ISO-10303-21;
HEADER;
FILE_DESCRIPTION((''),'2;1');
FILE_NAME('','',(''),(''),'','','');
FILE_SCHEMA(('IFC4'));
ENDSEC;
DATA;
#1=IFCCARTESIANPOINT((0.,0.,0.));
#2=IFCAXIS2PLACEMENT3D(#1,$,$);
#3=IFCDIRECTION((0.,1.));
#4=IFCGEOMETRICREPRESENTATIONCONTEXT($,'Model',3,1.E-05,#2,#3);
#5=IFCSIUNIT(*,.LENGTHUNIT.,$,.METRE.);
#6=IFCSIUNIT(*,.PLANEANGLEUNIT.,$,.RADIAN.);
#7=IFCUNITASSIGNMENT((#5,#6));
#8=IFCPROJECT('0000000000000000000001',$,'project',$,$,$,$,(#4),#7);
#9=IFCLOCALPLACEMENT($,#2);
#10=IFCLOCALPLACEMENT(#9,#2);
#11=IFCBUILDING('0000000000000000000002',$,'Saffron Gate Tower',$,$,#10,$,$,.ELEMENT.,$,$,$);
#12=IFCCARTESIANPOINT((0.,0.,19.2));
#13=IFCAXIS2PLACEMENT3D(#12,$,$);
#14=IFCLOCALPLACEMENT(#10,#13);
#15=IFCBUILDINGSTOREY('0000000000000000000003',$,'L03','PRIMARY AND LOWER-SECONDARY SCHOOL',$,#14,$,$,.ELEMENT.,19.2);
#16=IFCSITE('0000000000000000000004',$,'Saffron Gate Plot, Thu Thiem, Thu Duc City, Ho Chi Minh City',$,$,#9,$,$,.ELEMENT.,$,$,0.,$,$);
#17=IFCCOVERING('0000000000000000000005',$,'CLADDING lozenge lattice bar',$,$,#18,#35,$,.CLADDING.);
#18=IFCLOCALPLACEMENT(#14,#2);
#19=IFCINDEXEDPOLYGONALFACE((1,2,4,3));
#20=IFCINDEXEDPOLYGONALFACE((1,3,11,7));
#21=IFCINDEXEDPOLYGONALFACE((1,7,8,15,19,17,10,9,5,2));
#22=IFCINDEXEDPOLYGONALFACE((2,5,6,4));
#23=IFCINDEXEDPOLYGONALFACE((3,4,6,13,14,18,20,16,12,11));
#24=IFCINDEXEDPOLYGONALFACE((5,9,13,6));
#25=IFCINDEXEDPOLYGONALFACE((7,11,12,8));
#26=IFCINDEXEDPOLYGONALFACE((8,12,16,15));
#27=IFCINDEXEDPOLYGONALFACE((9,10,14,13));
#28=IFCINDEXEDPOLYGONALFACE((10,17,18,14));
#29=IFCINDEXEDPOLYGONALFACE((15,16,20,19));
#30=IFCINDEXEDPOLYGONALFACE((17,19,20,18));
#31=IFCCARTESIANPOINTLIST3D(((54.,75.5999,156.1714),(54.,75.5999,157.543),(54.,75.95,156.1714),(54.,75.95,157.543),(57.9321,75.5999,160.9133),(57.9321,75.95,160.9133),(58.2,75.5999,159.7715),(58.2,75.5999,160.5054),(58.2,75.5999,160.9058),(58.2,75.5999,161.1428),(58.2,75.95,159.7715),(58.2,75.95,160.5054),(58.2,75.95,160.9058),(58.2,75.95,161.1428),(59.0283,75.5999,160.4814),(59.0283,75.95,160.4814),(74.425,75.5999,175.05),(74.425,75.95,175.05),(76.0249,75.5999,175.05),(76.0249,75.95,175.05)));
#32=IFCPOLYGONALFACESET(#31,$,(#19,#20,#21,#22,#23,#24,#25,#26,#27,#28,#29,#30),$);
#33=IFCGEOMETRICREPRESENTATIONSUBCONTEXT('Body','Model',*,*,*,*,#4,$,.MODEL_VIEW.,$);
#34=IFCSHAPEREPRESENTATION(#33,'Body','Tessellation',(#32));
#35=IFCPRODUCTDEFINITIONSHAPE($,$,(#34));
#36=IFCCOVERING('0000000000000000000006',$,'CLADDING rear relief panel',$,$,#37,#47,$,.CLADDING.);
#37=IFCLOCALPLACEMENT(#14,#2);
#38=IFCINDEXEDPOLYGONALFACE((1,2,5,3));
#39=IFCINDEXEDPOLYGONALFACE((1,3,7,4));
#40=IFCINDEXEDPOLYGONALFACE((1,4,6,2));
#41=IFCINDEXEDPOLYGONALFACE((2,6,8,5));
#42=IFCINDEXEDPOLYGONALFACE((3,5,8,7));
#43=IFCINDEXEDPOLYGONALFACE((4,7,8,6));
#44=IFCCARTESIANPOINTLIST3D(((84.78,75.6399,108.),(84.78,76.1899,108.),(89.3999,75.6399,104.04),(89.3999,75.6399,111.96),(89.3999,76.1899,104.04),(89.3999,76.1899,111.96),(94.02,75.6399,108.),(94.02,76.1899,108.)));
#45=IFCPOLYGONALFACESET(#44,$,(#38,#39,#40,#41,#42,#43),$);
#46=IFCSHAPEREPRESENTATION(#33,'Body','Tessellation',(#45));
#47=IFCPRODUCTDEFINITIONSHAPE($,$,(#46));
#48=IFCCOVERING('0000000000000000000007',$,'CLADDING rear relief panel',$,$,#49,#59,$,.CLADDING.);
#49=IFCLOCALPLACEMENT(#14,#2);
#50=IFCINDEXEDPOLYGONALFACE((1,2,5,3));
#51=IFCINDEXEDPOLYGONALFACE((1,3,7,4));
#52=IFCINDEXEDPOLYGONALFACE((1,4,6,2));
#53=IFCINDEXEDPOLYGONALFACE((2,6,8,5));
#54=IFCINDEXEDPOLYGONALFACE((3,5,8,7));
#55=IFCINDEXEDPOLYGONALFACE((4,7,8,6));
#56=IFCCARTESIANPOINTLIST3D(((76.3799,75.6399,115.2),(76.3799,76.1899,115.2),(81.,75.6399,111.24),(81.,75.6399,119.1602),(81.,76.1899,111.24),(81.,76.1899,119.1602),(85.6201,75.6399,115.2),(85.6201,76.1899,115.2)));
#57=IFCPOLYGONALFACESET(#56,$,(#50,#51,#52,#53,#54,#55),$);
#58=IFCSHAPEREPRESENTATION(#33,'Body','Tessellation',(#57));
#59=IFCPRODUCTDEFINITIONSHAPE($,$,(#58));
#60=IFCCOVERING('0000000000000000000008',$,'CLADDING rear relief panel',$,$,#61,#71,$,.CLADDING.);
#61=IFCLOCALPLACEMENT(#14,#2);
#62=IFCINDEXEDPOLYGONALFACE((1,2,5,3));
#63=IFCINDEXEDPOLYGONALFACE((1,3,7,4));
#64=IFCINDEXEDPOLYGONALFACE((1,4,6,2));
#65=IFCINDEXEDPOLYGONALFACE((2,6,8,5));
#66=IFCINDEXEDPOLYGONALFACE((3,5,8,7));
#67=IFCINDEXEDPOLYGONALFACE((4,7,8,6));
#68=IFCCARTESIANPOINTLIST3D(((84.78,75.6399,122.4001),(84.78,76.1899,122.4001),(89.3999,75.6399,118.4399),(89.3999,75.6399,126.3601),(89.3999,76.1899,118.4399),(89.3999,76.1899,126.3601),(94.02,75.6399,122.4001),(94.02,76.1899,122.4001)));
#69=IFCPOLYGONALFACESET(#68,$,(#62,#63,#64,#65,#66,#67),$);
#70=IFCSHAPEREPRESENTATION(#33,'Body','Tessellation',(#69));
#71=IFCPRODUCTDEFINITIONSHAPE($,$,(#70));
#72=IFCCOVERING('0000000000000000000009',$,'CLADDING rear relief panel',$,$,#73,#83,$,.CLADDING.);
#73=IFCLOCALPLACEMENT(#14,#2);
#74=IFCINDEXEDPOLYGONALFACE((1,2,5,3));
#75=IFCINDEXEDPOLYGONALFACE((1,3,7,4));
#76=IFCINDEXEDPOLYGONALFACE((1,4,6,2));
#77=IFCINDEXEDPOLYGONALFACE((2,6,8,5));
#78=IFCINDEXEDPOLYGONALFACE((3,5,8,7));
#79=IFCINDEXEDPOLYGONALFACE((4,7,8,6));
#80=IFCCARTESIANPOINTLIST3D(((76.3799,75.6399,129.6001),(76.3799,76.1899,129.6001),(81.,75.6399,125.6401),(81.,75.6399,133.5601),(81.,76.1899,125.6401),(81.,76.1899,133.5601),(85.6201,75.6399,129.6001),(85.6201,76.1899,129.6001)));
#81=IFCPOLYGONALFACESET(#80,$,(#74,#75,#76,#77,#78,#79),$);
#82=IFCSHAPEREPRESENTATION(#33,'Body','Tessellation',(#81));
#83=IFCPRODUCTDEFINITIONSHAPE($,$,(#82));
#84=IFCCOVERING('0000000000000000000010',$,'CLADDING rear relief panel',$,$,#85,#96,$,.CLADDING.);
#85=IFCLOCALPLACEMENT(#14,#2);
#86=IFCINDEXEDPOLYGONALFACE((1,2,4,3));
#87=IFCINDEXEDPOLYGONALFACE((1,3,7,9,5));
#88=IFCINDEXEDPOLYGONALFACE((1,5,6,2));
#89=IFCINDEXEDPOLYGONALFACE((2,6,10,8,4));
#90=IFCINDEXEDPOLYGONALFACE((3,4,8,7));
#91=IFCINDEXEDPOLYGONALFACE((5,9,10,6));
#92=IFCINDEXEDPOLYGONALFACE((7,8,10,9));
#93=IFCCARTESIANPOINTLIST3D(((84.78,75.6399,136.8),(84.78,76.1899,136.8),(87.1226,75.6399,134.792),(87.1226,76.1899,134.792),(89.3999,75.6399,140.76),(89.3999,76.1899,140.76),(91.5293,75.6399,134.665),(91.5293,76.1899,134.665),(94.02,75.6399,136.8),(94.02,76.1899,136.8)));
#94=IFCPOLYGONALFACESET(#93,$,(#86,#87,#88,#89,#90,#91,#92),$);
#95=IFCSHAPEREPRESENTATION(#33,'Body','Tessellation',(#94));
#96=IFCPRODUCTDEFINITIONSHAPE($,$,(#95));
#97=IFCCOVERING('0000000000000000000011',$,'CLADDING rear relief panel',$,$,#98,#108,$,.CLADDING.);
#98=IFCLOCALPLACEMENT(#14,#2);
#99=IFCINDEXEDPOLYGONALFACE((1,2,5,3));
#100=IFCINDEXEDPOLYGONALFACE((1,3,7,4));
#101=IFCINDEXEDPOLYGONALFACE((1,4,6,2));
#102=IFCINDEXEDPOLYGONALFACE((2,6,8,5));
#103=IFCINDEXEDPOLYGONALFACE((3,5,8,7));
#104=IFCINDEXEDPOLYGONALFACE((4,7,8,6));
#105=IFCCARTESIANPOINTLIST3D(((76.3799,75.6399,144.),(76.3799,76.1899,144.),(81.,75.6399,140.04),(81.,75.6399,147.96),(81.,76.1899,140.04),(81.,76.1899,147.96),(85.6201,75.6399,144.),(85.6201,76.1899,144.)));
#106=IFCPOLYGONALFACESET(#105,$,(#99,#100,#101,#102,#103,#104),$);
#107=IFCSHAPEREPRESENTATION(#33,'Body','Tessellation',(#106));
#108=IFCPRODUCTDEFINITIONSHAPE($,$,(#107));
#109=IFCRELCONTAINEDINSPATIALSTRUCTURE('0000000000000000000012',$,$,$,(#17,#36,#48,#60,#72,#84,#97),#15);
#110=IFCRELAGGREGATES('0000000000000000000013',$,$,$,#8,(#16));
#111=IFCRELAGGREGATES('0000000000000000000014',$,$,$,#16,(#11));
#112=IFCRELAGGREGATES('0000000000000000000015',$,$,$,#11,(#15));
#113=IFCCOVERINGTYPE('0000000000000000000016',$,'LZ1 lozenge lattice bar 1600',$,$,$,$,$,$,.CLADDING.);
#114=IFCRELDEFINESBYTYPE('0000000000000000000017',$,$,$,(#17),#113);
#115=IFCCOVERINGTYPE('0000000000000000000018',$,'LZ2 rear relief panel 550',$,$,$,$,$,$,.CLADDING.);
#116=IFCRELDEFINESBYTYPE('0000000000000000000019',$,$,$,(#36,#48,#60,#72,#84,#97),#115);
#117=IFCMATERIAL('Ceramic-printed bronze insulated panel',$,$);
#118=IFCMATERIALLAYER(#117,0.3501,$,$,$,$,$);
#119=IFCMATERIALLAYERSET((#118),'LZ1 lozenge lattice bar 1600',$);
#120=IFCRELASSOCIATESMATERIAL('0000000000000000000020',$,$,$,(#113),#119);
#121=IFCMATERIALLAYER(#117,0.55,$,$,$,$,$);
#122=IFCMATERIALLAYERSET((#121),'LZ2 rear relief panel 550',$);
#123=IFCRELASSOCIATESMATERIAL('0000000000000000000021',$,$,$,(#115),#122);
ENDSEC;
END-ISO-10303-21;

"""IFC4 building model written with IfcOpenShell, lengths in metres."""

from ifc_helpers import new_model, si_unit, direction, frame, origin, place, context, subcontext, project, spatial, polyline, outline, extrude, material, layer, layer_set, type_object, element, save


model = new_model("IFC4")

# Units and contexts
model_context = context("Model", 3, precision=1e-05, world=origin(), true_north=direction((0.0, 1.0)))
body_context = subcontext(model_context, "Body", "Model", "MODEL_VIEW")
ifc_project = project(units=[si_unit("LENGTHUNIT", "METRE"), si_unit("PLANEANGLEUNIT", "RADIAN")], contexts=[model_context])

# Site, building, storey
site_placement = place(None, origin())
site = spatial("IfcSite", under=ifc_project, at=site_placement, Name="Saffron Gate Plot, Thu Thiem, Thu Duc City, Ho Chi Minh City", CompositionType="ELEMENT", RefElevation=0.0)
building_placement = place(site_placement, origin())
building = spatial("IfcBuilding", under=site, at=building_placement, Name="Saffron Gate Tower", CompositionType="ELEMENT")
storey_placement = place(building_placement, frame((0.0, 0.0, 19.2)))
storey = spatial("IfcBuildingStorey", under=building, at=storey_placement, Name="L03", Description="PRIMARY AND LOWER-SECONDARY SCHOOL", CompositionType="ELEMENT", Elevation=19.2)

# Coverings
ifc_material = material(Name="Ceramic-printed bronze insulated panel")
ifc_layer_1 = layer(ifc_material, 0.3501)
ifc_layer_set_1 = layer_set([ifc_layer_1], Name="LZ1 lozenge lattice bar 1600")
covering_type_1 = type_object("IfcCoveringType", Name="LZ1 lozenge lattice bar 1600", PredefinedType="CLADDING", material=ifc_layer_set_1)
covering_1_placement = place(storey_placement, frame((54.0, 75.95, 157.543), z_axis=(0.0, 1.0, 0.0), x_axis=(0.75926, 0.0, 0.650787)))
element("IfcCovering", 1, at=covering_1_placement, inside=storey, type_object=covering_type_1, Name="CLADDING lozenge lattice bar", PredefinedType="CLADDING", context=body_context, shape_type="SweptSolid", body=[
    extrude(outline(polyline([(0.0, 0.0), (5.1789, 0.0), (5.3773, 0.18), (5.5316, 0.0001), (26.9013, -0.0001), (28.116, 1.0411), (5.7301, 1.0413), (5.1167, 0.484), (4.6391, 1.0413), (-0.8926, 1.0414), (0.0, 0.0)])), origin(), (0.0, 0.0, -1.0), 0.3501),
])
ifc_layer_2 = layer(ifc_material, 0.55)
ifc_layer_set_2 = layer_set([ifc_layer_2], Name="LZ2 rear relief panel 550")
covering_type_2 = type_object("IfcCoveringType", Name="LZ2 rear relief panel 550", PredefinedType="CLADDING", material=ifc_layer_set_2)
covering_2_placement = place(storey_placement, frame((89.3999, 76.1899, 111.96), z_axis=(0.0, 1.0, 0.0), x_axis=(0.759268, 0.0, -0.650778)))
element("IfcCovering", 2, at=covering_2_placement, inside=storey, type_object=covering_type_2, Name="CLADDING rear relief panel", PredefinedType="CLADDING", context=body_context, shape_type="SweptSolid", body=[
    extrude(outline(polyline([(0.0, 0.0), (6.085, 0.0), (5.1541, 6.0133), (-0.9307, 6.0132), (0.0, 0.0)])), origin(), (0.0, 0.0, -1.0), 0.55),
])
covering_3_placement = place(storey_placement, frame((81.0, 76.1899, 119.1602), z_axis=(0.0, 1.0, 0.0), x_axis=(0.759248, 0.0, -0.650801)))
element("IfcCovering", 3, at=covering_3_placement, inside=storey, type_object=covering_type_2, Name="CLADDING rear relief panel", PredefinedType="CLADDING", context=body_context, shape_type="SweptSolid", body=[
    extrude(outline(polyline([(0.0, 0.0), (6.0851, 0.0), (5.1545, 6.0134), (-0.9305, 6.0136), (0.0, 0.0)])), origin(), (0.0, 0.0, -1.0), 0.55),
])
covering_4_placement = place(storey_placement, frame((89.3999, 76.1899, 126.3601), z_axis=(0.0, 1.0, 0.0), x_axis=(0.759268, 0.0, -0.650778)))
element("IfcCovering", 4, at=covering_4_placement, inside=storey, type_object=covering_type_2, Name="CLADDING rear relief panel", PredefinedType="CLADDING", context=body_context, shape_type="SweptSolid", body=[
    extrude(outline(polyline([(0.0, 0.0), (6.085, 0.0), (5.1543, 6.0135), (-0.9307, 6.0132), (0.0, 0.0)])), origin(), (0.0, 0.0, -1.0), 0.55),
])
covering_5_placement = place(storey_placement, frame((81.0, 76.1899, 133.5601), z_axis=(0.0, 1.0, 0.0), x_axis=(0.759268, 0.0, -0.650778)))
element("IfcCovering", 5, at=covering_5_placement, inside=storey, type_object=covering_type_2, Name="CLADDING rear relief panel", PredefinedType="CLADDING", context=body_context, shape_type="SweptSolid", body=[
    extrude(outline(polyline([(0.0, 0.0), (6.085, 0.0), (5.1541, 6.0133), (-0.9309, 6.0133), (0.0, 0.0)])), origin(), (0.0, 0.0, -1.0), 0.55),
])
covering_6_placement = place(storey_placement, frame((89.3999, 76.1899, 140.76), z_axis=(0.0, 1.0, 0.0), x_axis=(0.759268, 0.0, -0.650778)))
element("IfcCovering", 6, at=covering_6_placement, inside=storey, type_object=covering_type_2, Name="CLADDING rear relief panel", PredefinedType="CLADDING", context=body_context, shape_type="SweptSolid", body=[
    extrude(outline(polyline([(0.0, 0.0), (6.085, 0.0), (5.5833, 3.242), (2.1547, 6.0134), (-0.9307, 6.0132), (0.0, 0.0)])), origin(), (0.0, 0.0, -1.0), 0.55),
])
covering_7_placement = place(storey_placement, frame((81.0, 76.1899, 147.96), z_axis=(0.0, 1.0, 0.0), x_axis=(0.759268, 0.0, -0.650778)))
element("IfcCovering", 7, at=covering_7_placement, inside=storey, type_object=covering_type_2, Name="CLADDING rear relief panel", PredefinedType="CLADDING", context=body_context, shape_type="SweptSolid", body=[
    extrude(outline(polyline([(0.0, 0.0), (6.085, 0.0), (5.1541, 6.0133), (-0.9309, 6.0133), (0.0, 0.0)])), origin(), (0.0, 0.0, -1.0), 0.55),
])

save(model, "model.ifc")
